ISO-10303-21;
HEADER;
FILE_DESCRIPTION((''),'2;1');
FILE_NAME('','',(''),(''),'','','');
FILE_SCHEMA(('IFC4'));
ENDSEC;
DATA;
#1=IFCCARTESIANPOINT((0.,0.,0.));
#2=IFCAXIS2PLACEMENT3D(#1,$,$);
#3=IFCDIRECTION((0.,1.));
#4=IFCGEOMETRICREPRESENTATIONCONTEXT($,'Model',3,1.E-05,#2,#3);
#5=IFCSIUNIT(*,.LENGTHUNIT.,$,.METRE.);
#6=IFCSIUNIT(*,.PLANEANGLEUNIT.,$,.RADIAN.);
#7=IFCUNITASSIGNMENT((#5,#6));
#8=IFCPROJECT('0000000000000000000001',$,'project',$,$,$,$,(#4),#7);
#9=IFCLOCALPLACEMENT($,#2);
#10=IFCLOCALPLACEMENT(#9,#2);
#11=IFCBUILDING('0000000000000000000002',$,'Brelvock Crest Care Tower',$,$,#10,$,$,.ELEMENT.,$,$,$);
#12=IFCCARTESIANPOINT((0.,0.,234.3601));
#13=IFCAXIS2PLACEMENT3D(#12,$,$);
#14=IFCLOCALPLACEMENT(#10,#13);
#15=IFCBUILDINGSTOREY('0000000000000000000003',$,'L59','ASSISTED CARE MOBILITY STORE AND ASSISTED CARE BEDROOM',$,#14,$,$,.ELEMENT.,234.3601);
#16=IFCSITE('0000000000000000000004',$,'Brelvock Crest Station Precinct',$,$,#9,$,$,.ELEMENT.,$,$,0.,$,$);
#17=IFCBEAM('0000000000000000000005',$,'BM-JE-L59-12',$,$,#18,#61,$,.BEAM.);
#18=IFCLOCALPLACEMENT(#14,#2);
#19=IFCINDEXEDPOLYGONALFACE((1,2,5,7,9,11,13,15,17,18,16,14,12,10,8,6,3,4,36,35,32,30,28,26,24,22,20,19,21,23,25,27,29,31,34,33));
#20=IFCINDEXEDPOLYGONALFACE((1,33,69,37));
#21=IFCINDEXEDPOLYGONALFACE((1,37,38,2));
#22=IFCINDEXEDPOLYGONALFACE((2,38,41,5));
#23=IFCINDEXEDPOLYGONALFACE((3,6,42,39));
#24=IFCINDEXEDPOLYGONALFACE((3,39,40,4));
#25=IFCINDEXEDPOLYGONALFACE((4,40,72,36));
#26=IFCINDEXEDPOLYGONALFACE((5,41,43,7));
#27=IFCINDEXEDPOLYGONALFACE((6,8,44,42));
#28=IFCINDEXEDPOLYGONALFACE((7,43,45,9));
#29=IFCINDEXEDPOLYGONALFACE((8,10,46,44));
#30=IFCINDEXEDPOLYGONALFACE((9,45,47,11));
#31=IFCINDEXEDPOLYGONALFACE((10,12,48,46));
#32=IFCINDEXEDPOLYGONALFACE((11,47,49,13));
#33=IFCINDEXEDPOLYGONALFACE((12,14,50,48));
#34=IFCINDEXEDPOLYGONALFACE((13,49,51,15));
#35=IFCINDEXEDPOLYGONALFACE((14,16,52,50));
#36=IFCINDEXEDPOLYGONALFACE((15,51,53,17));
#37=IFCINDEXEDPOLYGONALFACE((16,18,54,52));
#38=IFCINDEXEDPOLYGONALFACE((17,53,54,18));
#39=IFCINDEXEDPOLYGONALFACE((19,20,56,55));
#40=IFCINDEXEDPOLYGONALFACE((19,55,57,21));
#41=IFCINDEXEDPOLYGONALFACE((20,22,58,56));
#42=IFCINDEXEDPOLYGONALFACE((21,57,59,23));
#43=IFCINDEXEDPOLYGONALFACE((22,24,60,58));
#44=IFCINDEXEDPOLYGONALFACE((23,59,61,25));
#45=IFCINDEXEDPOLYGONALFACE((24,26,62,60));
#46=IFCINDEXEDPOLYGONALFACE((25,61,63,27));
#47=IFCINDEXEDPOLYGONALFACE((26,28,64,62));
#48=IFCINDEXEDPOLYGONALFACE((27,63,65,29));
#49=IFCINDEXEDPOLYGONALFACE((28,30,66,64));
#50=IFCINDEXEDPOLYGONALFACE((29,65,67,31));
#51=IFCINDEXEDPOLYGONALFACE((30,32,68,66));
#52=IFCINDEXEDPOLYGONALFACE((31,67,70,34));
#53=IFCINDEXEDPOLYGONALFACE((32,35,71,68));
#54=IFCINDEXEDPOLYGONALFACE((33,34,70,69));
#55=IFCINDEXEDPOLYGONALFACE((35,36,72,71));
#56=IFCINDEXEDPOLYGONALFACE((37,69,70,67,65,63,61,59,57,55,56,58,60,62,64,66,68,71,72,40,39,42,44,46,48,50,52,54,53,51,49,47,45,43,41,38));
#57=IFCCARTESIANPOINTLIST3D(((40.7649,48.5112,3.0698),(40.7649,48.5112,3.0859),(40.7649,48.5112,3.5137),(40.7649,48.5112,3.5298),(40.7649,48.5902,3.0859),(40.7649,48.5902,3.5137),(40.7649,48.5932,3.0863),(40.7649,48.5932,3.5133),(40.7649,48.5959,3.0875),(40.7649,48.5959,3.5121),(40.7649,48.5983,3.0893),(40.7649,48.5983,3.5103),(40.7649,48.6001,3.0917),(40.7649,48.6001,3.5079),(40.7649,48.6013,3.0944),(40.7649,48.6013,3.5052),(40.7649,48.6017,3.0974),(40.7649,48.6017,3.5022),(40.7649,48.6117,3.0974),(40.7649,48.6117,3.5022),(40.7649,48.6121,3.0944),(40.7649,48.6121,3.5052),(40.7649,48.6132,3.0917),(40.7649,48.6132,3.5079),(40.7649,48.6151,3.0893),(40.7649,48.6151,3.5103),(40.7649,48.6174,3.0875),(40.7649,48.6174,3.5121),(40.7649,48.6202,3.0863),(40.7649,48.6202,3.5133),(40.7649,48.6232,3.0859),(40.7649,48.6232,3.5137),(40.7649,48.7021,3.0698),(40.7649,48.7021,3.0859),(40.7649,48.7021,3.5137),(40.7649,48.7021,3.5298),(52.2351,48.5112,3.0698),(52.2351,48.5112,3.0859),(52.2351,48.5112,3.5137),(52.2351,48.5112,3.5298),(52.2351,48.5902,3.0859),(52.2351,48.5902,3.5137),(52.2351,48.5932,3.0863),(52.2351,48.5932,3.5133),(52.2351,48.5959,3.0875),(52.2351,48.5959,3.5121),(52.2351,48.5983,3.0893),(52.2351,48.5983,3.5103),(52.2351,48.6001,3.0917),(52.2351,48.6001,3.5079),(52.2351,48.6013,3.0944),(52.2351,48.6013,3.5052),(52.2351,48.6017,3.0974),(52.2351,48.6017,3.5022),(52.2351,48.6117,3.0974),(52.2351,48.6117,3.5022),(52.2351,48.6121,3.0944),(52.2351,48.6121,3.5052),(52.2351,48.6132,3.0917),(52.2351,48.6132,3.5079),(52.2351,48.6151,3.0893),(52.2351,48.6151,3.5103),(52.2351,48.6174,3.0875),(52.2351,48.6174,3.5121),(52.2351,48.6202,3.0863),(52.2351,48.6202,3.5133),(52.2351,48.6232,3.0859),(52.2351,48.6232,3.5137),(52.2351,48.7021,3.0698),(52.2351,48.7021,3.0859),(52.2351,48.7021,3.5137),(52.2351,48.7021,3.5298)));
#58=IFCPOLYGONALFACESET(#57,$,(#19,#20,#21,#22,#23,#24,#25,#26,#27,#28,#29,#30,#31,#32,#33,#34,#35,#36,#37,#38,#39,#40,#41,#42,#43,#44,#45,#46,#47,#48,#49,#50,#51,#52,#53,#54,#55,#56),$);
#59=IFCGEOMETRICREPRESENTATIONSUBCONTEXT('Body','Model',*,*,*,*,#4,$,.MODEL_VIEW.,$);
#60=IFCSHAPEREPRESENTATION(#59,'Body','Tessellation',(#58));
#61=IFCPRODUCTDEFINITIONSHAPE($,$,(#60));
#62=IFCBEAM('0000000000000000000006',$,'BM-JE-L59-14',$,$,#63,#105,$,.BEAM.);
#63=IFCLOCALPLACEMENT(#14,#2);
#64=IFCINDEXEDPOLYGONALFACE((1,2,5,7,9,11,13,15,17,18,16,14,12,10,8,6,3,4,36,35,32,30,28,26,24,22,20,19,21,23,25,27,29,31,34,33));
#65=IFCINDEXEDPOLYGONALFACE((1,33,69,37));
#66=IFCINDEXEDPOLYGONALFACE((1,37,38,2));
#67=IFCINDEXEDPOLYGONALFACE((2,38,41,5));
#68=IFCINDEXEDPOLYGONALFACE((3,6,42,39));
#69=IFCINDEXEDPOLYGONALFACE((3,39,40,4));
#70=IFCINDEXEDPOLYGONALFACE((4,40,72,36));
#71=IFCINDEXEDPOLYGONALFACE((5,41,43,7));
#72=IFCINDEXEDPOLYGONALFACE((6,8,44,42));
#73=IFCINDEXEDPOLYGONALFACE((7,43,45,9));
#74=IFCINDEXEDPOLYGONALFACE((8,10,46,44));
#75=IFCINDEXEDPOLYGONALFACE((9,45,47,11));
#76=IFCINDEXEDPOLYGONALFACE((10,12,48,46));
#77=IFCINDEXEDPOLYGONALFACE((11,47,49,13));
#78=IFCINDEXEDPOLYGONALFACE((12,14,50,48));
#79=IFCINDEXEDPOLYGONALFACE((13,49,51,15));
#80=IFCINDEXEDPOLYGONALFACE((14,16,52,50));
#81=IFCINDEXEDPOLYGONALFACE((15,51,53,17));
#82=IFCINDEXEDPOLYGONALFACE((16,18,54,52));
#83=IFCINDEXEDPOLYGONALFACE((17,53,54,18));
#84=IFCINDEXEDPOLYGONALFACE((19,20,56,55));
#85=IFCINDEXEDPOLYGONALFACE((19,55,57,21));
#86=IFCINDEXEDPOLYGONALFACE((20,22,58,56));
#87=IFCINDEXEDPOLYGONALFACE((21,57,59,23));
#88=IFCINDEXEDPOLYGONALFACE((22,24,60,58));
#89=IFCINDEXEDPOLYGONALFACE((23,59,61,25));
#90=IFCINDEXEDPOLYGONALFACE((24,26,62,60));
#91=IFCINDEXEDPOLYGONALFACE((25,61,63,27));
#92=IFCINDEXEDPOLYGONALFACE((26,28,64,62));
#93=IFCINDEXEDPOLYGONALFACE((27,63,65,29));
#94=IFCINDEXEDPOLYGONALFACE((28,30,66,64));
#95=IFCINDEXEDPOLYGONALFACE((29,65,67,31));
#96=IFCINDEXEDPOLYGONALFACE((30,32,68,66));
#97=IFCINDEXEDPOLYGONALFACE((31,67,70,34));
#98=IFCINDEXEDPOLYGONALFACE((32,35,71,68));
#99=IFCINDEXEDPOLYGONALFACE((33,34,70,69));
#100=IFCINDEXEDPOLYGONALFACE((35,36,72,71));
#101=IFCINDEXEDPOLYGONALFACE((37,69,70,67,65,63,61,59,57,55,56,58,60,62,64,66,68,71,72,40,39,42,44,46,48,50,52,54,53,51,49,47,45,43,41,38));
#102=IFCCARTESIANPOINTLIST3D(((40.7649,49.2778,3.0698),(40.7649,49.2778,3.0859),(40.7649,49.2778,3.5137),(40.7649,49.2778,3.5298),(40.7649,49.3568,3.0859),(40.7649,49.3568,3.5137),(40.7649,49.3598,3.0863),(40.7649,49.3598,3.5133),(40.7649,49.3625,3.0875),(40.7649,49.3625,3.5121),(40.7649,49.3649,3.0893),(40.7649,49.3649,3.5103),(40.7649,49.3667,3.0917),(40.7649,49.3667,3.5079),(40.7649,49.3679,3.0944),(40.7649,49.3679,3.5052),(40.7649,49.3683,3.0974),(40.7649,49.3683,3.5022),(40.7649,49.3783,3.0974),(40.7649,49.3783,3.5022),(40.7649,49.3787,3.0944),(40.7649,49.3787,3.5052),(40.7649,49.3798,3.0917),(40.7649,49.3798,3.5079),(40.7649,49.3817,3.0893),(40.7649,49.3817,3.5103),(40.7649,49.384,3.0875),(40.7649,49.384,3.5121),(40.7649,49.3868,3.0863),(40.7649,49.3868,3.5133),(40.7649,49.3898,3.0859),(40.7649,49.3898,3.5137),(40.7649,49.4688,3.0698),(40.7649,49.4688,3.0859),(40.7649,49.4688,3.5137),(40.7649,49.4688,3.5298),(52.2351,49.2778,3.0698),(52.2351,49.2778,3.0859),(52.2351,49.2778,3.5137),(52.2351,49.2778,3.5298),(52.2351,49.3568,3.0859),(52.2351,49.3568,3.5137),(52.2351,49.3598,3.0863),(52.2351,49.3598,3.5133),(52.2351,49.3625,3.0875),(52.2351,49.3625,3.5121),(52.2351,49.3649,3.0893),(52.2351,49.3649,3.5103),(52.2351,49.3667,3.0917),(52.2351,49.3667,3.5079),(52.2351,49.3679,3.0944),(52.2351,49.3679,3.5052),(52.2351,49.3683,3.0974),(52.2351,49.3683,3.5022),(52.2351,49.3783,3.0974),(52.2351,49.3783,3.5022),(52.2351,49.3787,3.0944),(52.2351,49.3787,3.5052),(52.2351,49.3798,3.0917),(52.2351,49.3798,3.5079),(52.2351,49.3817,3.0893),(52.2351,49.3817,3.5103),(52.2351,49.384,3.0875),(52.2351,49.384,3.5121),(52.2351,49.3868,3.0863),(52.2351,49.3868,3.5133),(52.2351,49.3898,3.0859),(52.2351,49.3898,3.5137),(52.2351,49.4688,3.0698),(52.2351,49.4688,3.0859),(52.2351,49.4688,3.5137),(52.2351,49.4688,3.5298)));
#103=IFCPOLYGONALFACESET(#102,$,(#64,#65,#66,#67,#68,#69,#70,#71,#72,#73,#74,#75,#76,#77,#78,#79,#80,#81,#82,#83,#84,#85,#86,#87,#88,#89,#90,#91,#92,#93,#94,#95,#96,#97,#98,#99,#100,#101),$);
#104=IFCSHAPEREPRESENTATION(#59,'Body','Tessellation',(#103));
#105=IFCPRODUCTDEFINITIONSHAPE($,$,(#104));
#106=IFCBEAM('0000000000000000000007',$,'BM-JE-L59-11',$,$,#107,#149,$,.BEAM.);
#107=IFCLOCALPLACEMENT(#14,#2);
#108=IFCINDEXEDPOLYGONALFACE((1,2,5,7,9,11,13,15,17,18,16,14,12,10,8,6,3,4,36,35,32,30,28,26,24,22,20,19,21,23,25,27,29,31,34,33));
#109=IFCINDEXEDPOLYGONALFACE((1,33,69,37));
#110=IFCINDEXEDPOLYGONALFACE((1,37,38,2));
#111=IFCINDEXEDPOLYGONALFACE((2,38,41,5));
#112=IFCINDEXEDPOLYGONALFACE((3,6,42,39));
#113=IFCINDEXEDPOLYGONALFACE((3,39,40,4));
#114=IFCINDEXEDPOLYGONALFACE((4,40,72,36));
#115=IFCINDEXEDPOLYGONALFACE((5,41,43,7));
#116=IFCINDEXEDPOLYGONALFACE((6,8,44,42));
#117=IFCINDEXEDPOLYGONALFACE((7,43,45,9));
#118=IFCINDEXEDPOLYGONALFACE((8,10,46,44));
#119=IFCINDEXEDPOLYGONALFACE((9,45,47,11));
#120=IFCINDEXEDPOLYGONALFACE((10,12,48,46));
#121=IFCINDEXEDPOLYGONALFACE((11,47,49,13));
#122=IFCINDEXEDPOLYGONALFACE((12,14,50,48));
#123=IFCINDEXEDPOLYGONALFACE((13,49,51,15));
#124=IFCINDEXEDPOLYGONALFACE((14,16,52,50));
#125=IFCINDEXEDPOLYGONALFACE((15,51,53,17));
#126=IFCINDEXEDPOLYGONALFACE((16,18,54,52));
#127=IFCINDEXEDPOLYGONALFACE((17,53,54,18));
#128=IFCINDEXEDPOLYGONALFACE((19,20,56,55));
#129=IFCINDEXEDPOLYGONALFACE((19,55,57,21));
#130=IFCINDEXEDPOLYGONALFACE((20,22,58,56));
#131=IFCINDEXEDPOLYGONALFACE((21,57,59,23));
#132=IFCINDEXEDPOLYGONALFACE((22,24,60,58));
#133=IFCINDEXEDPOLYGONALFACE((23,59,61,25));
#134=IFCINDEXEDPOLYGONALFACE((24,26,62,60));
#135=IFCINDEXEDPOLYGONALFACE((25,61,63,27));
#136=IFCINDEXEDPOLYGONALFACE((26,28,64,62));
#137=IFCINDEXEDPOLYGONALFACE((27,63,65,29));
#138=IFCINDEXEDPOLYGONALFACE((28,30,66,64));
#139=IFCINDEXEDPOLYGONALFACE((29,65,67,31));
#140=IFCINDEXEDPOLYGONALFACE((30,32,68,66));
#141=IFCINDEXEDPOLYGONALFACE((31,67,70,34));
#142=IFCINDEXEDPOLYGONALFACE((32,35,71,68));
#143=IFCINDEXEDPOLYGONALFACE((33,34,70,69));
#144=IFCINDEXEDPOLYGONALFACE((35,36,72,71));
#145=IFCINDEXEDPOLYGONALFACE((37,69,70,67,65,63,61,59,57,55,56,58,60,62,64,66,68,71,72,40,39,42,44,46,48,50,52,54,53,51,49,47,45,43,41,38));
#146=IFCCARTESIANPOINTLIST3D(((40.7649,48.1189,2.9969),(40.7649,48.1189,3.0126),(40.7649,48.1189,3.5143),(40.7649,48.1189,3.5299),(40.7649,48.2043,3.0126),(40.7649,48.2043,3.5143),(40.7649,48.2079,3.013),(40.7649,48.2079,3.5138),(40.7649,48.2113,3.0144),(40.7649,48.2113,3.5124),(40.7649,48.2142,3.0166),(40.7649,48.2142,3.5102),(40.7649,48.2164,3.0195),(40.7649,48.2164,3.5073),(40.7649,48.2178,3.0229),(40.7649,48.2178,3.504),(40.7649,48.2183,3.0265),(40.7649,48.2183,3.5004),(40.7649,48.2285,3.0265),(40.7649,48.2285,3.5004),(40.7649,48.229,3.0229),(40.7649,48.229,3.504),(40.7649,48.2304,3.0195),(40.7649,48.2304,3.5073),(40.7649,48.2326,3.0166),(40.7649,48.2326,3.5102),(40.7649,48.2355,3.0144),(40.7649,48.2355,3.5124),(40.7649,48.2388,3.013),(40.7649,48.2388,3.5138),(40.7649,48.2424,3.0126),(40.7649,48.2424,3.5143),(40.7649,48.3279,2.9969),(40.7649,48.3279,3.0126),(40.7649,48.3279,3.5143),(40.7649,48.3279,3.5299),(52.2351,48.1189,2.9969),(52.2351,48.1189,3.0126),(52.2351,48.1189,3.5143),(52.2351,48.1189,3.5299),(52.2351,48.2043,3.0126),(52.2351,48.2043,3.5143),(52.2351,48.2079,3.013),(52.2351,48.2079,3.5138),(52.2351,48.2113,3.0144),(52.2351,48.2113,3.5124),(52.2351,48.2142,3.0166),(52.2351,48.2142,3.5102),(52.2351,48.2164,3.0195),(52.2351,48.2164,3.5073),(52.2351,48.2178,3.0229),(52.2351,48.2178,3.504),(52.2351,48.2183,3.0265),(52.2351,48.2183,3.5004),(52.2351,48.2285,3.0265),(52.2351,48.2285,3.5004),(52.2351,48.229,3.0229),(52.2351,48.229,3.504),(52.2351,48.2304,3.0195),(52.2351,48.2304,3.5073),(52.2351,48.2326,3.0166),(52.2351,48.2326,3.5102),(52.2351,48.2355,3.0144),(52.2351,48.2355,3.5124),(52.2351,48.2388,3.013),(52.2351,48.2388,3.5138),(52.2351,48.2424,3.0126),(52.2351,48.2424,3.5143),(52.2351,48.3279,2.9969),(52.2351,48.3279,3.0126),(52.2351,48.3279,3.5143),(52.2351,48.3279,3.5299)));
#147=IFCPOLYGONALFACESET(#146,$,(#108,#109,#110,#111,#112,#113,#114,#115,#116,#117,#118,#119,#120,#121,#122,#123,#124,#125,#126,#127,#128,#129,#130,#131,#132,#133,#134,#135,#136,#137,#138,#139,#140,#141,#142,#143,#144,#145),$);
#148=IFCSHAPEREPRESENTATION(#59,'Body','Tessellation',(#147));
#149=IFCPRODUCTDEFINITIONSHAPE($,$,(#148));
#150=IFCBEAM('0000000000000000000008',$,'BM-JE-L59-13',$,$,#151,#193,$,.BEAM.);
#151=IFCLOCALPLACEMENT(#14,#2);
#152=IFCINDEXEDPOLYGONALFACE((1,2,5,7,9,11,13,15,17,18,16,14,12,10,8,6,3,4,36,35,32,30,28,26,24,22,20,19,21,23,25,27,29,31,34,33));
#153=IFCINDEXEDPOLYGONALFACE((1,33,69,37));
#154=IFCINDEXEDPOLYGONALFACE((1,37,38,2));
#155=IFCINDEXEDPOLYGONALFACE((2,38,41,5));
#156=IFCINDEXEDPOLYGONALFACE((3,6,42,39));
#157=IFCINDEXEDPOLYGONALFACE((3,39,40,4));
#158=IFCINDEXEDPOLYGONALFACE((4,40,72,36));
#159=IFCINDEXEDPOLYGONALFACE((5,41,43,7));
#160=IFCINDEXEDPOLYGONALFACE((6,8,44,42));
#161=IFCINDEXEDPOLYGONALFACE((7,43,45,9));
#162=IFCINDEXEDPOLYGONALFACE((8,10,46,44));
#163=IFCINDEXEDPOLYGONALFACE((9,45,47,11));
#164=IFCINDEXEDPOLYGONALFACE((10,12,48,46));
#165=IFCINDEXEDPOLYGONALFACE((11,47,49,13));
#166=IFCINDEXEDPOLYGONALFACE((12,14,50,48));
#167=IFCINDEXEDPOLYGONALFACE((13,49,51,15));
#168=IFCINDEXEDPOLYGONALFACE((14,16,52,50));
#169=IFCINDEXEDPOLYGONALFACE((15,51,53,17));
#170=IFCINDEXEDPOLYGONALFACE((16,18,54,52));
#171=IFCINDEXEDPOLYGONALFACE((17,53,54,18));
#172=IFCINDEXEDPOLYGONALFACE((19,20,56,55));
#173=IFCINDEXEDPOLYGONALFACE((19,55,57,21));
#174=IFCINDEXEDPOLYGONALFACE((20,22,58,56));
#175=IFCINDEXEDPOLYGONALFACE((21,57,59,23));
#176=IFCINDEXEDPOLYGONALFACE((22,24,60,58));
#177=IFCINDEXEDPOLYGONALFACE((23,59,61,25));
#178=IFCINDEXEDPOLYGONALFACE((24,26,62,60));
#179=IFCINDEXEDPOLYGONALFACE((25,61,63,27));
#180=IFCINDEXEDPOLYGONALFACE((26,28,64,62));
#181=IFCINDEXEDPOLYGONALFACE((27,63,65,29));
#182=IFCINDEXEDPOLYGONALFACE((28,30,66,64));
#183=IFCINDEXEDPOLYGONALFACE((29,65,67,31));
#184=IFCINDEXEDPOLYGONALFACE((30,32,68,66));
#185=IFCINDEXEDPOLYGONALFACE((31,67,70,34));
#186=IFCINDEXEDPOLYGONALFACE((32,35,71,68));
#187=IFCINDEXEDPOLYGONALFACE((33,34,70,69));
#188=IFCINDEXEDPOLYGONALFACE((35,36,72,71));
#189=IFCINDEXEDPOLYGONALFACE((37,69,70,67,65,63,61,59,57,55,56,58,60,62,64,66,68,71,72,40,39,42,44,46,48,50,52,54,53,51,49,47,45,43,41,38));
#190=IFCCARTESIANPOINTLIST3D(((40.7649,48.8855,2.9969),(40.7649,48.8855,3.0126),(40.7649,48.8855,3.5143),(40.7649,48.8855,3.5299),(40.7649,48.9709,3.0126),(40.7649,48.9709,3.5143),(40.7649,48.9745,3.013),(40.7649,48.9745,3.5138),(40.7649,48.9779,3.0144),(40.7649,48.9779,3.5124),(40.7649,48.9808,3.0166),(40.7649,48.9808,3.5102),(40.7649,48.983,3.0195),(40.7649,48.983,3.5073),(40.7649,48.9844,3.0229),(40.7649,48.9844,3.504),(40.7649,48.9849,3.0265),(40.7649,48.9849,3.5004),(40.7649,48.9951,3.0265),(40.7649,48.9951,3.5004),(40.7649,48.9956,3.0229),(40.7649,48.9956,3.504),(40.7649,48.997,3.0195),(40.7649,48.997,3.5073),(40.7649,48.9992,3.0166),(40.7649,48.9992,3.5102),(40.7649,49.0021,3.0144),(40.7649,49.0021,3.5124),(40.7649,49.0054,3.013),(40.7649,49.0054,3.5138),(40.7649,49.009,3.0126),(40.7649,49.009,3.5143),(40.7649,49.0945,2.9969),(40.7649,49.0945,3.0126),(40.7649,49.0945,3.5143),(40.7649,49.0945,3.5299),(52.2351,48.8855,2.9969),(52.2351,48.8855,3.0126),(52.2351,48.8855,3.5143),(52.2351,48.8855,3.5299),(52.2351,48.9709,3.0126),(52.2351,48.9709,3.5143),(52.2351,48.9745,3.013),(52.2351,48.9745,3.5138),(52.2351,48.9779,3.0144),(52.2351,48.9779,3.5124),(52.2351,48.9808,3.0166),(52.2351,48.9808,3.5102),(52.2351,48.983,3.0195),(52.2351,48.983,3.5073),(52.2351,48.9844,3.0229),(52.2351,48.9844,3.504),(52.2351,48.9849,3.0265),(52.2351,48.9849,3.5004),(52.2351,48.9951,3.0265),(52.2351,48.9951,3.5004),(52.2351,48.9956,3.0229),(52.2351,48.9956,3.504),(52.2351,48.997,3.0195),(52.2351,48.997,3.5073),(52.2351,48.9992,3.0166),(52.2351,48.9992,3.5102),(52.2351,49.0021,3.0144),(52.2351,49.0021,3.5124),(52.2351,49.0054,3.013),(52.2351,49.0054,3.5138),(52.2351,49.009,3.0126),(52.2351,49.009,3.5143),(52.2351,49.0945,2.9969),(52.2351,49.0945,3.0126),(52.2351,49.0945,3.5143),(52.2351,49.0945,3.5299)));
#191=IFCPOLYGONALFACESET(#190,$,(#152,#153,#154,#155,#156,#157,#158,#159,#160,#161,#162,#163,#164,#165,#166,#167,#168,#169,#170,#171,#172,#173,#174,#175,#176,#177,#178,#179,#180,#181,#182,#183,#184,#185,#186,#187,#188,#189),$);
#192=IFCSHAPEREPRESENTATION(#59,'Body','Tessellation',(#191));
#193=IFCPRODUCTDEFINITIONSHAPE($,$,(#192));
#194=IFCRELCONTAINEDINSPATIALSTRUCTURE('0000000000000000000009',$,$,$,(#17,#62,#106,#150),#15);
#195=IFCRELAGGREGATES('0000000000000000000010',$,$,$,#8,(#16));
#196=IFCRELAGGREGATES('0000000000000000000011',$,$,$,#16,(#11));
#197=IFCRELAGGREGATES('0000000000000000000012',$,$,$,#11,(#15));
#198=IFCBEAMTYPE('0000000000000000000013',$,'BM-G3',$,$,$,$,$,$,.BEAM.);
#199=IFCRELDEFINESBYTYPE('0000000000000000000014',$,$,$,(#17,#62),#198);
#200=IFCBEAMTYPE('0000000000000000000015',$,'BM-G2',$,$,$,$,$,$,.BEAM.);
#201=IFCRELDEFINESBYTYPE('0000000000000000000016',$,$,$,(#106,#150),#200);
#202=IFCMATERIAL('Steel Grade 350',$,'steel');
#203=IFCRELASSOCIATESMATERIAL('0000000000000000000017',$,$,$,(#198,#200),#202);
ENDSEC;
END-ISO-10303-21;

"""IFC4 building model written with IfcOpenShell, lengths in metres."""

from ifc_helpers import new_model, si_unit, direction, frame, origin, origin_2d, place, context, subcontext, project, spatial, i_section, extrude, source, transform, mapped, material, material_profile, profile_set, type_object, element, save


model = new_model("IFC4")

# Units and contexts
model_context = context("Model", 3, precision=1e-05, world=origin(), true_north=direction((0.0, 1.0)))
body_context = subcontext(model_context, "Body", "Model", "MODEL_VIEW")
ifc_project = project(units=[si_unit("LENGTHUNIT", "METRE"), si_unit("PLANEANGLEUNIT", "RADIAN")], contexts=[model_context])

# Site, building, storey
site_placement = place(None, origin())
site = spatial("IfcSite", under=ifc_project, at=site_placement, Name="Brelvock Crest Station Precinct", CompositionType="ELEMENT", RefElevation=0.0)
building_placement = place(site_placement, origin())
building = spatial("IfcBuilding", under=site, at=building_placement, Name="Brelvock Crest Care Tower", CompositionType="ELEMENT")
storey_placement = place(building_placement, frame((0.0, 0.0, 234.3601)))
storey = spatial("IfcBuildingStorey", under=building, at=storey_placement, Name="L59", Description="ASSISTED CARE MOBILITY STORE AND ASSISTED CARE BEDROOM", CompositionType="ELEMENT", Elevation=234.3601)

# Beams
ifc_material_1 = material(Name="Steel Grade 350", Category="steel")
ifc_material_profile_1 = material_profile(ifc_material_1, i_section(OverallWidth=0.1909, OverallDepth=0.46, WebThickness=0.01, FlangeThickness=0.0161, FilletRadius=0.0115, at=origin_2d()), Name="460UB82.1")
ifc_profile_set_1 = profile_set([ifc_material_profile_1], Name="Steel Grade 350")
beam_type_1 = type_object("IfcBeamType", Name="BM-G3", PredefinedType="BEAM", material=ifc_profile_set_1)
shared_shape_1 = source(origin(), body_context, "Body", "SweptSolid", [
    extrude(i_section(OverallWidth=0.1909, OverallDepth=0.46, WebThickness=0.01, FlangeThickness=0.0161, FilletRadius=0.0115, at=origin_2d()), origin(), (0.0, 0.0, 1.0), 11.4702),
])
for number, where, z_axis, x_axis, name in (
    (1, (40.7649, 48.6067, 3.2998), (1.0, 0.0, 0.0), (0.0, 1.0, 0.0), "BM-JE-L59-12"),
    (2, (40.7649, 49.3733, 3.2998), (1.0, 0.0, 0.0), (0.0, 1.0, 0.0), "BM-JE-L59-14"),
):
    element("IfcBeam", number, at=place(storey_placement, frame(where, z_axis=z_axis, x_axis=x_axis)), inside=storey, type_object=beam_type_1, Name=name, PredefinedType="BEAM", context=body_context, shape_type="MappedRepresentation", body=[
        mapped(shared_shape_1, transform((0.0, 0.0, 0.0), x_axis=(1.0, 0.0, 0.0), y_axis=(0.0, 1.0, 0.0), z_axis=(0.0, 0.0, 1.0), scale=1.0)),
    ])
ifc_material_profile_2 = material_profile(ifc_material_1, i_section(OverallWidth=0.209, OverallDepth=0.533, WebThickness=0.0103, FlangeThickness=0.0156, FilletRadius=0.0139, at=origin_2d()), Name="530UB92.4")
ifc_profile_set_2 = profile_set([ifc_material_profile_2], Name="Steel Grade 350")
beam_type_2 = type_object("IfcBeamType", Name="BM-G2", PredefinedType="BEAM", material=ifc_profile_set_2)
shared_shape_2 = source(origin(), body_context, "Body", "SweptSolid", [
    extrude(i_section(OverallWidth=0.209, OverallDepth=0.533, WebThickness=0.0103, FlangeThickness=0.0156, FilletRadius=0.0139, at=origin_2d()), origin(), (0.0, 0.0, 1.0), 11.4702),
])
for number, where, z_axis, x_axis, name in (
    (3, (40.7649, 48.2234, 3.2634), (1.0, 0.0, 0.0), (0.0, 1.0, 0.0), "BM-JE-L59-11"),
    (4, (40.7649, 48.99, 3.2634), (1.0, 0.0, 0.0), (0.0, 1.0, 0.0), "BM-JE-L59-13"),
):
    element("IfcBeam", number, at=place(storey_placement, frame(where, z_axis=z_axis, x_axis=x_axis)), inside=storey, type_object=beam_type_2, Name=name, PredefinedType="BEAM", context=body_context, shape_type="MappedRepresentation", body=[
        mapped(shared_shape_2, transform((0.0, 0.0, 0.0), x_axis=(1.0, 0.0, 0.0), y_axis=(0.0, 1.0, 0.0), z_axis=(0.0, 0.0, 1.0), scale=1.0)),
    ])

save(model, "model.ifc")
